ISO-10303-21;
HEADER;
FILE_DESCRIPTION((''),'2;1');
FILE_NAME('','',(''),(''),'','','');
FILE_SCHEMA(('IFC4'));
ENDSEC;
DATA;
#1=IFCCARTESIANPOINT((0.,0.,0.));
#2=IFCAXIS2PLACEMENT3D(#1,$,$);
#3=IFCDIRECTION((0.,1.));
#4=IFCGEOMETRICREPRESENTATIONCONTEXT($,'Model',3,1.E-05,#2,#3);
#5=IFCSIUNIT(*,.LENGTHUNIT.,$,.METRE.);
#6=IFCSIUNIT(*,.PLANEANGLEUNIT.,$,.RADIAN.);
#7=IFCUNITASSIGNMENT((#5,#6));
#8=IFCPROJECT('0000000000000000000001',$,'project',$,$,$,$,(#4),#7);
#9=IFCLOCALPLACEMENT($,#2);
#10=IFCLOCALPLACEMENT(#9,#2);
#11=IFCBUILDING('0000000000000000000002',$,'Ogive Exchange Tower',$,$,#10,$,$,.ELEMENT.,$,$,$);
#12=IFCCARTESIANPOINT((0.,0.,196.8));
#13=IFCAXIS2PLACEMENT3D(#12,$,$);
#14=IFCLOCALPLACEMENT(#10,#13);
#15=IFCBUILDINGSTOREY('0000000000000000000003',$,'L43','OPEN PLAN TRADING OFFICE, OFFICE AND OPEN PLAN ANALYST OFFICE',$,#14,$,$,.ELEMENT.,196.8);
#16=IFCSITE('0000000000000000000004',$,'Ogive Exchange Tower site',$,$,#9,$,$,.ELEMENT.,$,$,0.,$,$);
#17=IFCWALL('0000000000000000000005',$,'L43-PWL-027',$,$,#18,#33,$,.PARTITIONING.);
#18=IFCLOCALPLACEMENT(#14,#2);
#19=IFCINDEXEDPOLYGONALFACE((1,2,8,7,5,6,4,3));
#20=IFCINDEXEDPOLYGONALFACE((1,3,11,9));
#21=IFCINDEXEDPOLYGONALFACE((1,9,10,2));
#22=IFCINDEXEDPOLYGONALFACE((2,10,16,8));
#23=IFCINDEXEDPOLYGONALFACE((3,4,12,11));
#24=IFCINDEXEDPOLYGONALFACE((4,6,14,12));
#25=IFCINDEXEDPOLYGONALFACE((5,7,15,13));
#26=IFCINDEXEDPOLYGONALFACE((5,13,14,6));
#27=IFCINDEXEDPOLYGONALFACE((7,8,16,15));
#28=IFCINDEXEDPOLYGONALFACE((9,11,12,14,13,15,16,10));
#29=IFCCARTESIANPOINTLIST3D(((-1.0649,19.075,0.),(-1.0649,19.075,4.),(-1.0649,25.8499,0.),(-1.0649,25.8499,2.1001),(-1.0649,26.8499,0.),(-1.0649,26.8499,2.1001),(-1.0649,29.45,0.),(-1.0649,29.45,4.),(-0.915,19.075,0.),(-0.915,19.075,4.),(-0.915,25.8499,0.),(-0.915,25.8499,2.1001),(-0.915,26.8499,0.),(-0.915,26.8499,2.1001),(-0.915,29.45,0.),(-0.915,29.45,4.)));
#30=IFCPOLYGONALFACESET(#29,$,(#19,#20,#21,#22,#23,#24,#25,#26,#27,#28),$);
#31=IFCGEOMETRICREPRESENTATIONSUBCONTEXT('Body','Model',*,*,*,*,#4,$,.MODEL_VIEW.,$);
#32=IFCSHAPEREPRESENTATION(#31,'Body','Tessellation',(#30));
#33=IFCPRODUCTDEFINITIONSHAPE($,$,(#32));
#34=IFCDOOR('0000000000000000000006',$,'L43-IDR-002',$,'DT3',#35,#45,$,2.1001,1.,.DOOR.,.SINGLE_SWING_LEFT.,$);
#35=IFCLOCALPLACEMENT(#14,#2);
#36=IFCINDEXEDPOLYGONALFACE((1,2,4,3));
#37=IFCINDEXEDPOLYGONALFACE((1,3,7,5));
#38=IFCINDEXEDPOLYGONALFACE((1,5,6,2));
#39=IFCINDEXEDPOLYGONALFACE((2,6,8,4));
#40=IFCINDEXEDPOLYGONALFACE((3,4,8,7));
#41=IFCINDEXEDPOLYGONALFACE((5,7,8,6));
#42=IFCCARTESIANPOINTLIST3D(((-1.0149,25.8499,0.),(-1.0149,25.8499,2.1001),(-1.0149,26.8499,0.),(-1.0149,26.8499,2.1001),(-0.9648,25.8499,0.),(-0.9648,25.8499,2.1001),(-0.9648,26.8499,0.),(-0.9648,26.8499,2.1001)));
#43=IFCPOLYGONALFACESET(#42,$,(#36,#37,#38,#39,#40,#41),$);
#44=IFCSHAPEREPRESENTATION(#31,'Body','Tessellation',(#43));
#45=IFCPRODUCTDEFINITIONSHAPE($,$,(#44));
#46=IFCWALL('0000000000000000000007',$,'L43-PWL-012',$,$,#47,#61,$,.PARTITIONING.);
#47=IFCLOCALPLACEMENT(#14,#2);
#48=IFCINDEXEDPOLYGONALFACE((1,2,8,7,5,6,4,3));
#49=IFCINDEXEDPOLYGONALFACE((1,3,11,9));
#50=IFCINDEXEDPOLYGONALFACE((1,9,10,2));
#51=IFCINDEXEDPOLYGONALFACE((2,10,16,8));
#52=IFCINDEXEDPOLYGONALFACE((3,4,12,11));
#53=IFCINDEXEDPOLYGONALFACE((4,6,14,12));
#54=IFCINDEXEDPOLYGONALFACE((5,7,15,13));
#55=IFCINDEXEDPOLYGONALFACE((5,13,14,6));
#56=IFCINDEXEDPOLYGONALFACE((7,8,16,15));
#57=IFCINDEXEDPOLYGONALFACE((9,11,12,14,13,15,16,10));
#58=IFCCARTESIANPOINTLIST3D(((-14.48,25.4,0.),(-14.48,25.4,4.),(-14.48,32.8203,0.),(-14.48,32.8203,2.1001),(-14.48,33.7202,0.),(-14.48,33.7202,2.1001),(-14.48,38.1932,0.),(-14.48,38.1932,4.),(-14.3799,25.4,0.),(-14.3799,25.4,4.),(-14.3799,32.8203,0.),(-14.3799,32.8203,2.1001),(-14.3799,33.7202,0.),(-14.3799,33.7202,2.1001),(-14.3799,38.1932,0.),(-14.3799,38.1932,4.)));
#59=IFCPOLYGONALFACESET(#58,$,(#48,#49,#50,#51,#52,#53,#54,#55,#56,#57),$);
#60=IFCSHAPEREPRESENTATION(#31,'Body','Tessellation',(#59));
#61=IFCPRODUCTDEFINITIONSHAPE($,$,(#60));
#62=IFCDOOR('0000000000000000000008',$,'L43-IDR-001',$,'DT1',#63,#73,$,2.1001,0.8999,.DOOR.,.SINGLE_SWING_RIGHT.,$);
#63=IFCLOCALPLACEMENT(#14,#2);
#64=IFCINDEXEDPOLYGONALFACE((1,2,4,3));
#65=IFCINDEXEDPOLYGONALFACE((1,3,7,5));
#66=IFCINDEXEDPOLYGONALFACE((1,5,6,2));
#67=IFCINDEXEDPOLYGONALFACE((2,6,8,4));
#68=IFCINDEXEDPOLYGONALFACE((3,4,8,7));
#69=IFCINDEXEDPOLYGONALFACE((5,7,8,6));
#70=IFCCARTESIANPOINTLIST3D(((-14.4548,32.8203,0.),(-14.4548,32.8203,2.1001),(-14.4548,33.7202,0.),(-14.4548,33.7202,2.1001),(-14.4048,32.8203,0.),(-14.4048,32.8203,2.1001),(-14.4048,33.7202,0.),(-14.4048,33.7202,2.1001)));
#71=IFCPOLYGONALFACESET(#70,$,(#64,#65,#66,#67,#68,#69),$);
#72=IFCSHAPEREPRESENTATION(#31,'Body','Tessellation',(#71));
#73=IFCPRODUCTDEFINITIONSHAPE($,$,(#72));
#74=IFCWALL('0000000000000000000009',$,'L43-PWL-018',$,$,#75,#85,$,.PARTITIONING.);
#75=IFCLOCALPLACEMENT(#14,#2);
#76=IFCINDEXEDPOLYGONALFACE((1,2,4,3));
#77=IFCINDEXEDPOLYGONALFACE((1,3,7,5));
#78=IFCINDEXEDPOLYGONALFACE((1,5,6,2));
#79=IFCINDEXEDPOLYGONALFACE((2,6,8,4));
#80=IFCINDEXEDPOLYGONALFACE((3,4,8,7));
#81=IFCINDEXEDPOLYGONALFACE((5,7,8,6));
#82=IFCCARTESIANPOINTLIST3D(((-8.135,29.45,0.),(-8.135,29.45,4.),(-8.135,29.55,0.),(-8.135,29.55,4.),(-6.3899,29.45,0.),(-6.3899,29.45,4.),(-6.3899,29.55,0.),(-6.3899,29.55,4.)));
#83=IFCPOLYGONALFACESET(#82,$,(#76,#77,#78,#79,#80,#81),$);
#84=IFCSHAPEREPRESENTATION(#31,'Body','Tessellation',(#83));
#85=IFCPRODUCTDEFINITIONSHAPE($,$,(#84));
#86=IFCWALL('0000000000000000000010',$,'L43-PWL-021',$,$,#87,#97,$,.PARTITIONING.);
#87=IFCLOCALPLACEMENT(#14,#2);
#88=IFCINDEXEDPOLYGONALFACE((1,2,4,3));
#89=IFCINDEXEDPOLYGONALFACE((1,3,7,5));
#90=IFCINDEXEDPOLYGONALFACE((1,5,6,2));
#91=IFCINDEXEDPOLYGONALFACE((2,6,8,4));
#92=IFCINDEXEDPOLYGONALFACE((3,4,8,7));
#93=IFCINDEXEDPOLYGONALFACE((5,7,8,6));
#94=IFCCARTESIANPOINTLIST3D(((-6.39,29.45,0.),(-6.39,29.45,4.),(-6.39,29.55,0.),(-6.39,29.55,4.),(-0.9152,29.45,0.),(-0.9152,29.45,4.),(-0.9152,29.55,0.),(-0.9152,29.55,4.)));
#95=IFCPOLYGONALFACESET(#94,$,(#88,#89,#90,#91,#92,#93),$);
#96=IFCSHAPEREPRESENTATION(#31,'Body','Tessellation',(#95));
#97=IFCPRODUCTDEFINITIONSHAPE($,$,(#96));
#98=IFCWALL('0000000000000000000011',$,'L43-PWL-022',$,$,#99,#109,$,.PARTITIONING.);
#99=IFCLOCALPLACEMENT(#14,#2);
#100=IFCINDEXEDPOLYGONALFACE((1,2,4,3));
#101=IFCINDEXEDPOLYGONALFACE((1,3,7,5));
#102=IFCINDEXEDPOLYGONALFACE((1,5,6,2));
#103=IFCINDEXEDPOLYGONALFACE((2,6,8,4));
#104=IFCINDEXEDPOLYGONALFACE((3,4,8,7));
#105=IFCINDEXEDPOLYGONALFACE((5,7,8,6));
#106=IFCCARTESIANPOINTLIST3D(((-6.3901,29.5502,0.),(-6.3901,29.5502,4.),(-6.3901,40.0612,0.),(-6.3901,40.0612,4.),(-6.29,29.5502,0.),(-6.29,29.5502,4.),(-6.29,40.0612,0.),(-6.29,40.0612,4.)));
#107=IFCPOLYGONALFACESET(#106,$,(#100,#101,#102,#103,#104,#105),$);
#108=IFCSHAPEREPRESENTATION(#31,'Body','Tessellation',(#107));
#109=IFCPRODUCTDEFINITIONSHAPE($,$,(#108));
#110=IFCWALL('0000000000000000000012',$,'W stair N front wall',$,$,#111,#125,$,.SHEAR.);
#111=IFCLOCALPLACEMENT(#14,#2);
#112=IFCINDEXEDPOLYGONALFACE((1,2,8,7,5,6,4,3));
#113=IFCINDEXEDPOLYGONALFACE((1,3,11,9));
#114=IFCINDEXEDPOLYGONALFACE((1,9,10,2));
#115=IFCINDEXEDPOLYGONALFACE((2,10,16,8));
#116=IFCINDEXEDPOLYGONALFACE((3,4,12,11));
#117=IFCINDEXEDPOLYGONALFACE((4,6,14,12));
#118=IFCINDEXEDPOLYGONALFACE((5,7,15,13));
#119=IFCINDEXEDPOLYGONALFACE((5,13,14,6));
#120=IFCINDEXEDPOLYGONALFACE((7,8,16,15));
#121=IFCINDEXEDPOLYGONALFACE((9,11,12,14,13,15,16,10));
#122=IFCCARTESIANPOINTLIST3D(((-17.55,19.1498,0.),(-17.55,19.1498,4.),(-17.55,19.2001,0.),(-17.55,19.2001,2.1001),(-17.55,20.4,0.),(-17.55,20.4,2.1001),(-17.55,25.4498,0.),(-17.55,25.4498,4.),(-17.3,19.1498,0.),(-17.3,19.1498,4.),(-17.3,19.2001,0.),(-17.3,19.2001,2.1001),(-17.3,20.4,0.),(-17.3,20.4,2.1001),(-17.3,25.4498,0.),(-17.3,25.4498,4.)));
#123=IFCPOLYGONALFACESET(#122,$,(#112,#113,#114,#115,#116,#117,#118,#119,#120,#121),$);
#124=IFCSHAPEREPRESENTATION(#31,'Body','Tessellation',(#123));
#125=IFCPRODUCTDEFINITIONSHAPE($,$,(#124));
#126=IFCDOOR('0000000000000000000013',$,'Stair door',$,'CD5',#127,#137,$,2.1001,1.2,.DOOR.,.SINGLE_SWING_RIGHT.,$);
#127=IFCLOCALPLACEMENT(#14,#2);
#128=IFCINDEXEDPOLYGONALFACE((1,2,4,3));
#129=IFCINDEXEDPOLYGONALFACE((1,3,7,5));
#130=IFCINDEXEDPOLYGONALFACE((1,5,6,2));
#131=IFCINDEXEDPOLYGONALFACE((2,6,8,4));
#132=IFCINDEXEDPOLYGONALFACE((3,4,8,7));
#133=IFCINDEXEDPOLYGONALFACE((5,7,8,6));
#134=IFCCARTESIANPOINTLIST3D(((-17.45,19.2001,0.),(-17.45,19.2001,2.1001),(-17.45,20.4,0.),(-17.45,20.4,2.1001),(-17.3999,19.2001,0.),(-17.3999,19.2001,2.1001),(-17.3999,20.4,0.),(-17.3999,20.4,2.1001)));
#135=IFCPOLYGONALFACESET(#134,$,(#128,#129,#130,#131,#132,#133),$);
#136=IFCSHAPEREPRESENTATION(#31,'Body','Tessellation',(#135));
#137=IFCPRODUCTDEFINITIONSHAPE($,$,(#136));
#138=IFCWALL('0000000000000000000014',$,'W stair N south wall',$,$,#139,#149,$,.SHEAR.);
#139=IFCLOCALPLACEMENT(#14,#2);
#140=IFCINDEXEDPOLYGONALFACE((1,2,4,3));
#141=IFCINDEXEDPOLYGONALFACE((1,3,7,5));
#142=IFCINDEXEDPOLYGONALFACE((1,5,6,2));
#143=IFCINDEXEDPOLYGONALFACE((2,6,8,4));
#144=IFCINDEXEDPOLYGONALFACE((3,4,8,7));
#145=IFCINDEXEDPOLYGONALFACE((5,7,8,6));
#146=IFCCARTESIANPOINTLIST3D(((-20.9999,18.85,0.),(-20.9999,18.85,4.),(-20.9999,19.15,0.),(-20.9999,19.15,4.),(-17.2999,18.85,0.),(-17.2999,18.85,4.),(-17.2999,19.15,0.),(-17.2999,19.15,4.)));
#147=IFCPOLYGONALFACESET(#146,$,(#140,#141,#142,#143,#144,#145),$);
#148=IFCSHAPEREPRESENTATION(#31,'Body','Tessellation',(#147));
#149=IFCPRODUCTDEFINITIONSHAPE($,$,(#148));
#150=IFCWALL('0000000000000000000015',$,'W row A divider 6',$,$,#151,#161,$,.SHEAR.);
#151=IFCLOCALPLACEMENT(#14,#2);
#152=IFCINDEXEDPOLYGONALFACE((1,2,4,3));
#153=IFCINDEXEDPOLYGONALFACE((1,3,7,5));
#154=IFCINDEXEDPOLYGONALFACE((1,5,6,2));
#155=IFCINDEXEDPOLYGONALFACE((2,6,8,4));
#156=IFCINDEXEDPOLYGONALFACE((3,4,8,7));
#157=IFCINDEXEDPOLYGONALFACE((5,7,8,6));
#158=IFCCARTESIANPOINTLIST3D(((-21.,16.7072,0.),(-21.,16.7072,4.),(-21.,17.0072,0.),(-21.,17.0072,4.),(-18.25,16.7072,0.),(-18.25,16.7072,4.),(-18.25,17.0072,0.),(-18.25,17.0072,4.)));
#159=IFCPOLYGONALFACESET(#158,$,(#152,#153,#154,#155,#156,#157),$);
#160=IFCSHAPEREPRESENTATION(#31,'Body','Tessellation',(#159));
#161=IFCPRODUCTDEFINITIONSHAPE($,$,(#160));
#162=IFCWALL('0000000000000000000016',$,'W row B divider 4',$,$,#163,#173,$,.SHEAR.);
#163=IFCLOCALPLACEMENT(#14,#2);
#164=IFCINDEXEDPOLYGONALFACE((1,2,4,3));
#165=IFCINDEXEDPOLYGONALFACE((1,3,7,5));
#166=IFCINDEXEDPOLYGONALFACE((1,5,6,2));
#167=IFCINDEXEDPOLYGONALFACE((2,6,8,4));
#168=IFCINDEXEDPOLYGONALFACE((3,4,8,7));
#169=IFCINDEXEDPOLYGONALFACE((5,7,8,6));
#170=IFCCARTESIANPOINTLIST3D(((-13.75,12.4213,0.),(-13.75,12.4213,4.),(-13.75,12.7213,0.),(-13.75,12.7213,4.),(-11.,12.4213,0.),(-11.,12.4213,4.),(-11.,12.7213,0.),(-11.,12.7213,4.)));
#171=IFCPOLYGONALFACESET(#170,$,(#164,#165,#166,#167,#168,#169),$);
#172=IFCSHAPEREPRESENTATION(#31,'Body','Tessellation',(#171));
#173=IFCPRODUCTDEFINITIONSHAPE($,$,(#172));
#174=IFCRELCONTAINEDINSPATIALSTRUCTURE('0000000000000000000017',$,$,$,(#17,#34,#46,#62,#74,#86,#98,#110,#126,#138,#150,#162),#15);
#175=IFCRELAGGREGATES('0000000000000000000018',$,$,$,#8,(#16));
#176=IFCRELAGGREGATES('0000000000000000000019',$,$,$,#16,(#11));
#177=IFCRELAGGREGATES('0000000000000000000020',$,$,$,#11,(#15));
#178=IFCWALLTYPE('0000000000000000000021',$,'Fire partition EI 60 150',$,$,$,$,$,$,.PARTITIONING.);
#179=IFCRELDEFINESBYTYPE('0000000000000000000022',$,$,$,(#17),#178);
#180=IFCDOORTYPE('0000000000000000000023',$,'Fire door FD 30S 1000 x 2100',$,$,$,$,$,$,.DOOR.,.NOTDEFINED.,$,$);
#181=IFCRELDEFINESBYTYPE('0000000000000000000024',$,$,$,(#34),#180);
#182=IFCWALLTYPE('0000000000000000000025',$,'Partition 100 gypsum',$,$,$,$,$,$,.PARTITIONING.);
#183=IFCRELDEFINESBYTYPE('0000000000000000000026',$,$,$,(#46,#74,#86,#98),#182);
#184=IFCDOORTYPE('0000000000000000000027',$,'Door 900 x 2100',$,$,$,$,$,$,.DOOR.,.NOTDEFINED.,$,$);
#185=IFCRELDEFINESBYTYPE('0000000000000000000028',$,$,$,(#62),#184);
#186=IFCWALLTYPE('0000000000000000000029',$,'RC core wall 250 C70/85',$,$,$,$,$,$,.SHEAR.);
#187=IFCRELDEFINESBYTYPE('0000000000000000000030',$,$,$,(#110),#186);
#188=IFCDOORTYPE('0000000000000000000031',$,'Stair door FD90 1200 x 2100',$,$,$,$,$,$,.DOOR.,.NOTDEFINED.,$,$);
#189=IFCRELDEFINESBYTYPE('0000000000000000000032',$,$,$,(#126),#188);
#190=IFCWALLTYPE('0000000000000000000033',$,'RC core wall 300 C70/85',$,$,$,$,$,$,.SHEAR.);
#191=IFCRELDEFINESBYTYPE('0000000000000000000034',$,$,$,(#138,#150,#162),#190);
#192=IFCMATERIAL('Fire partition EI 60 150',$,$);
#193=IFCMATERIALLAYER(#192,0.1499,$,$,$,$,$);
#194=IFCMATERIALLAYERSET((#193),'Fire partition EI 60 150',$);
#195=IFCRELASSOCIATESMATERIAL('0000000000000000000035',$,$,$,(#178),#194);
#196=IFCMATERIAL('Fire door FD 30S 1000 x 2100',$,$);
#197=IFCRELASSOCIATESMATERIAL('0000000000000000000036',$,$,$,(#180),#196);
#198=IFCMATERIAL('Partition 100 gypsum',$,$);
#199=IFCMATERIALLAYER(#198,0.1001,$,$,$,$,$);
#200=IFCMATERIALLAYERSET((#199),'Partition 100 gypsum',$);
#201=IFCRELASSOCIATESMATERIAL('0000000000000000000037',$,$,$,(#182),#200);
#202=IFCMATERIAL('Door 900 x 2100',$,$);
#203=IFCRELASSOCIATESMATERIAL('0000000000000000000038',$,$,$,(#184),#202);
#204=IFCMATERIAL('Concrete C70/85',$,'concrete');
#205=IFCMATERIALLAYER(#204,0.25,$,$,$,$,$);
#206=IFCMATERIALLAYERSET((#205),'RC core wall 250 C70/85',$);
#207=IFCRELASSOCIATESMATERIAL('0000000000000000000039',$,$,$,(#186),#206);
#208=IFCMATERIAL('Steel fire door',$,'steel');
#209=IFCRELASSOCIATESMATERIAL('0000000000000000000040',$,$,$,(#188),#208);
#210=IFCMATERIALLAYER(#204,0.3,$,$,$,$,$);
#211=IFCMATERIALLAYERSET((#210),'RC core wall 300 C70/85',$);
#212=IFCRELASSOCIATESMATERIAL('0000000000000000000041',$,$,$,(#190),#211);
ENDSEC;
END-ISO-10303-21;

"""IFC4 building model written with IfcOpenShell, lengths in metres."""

from ifc_helpers import new_model, si_unit, direction, frame, frame_2d, origin, place, context, subcontext, project, spatial, rectangle, extrude, material, layer, layer_set, type_object, element, fill, save


model = new_model("IFC4")

# Units and contexts
model_context = context("Model", 3, precision=1e-05, world=origin(), true_north=direction((0.0, 1.0)))
body_context = subcontext(model_context, "Body", "Model", "MODEL_VIEW")
ifc_project = project(units=[si_unit("LENGTHUNIT", "METRE"), si_unit("PLANEANGLEUNIT", "RADIAN")], contexts=[model_context])

# Site, building, storey
site_placement = place(None, origin())
site = spatial("IfcSite", under=ifc_project, at=site_placement, Name="Ogive Exchange Tower site", CompositionType="ELEMENT", RefElevation=0.0)
building_placement = place(site_placement, origin())
building = spatial("IfcBuilding", under=site, at=building_placement, Name="Ogive Exchange Tower", CompositionType="ELEMENT")
storey_placement = place(building_placement, frame((0.0, 0.0, 196.8)))
storey = spatial("IfcBuildingStorey", under=building, at=storey_placement, Name="L43", Description="OPEN PLAN TRADING OFFICE, OFFICE AND OPEN PLAN ANALYST OFFICE", CompositionType="ELEMENT", Elevation=196.8)

# Shared definitions
ifc_material_1 = material(Name="Fire partition EI 60 150")
ifc_layer_1 = layer(ifc_material_1, 0.1499)
ifc_layer_set_1 = layer_set([ifc_layer_1], Name="Fire partition EI 60 150")
wall_type_1 = type_object("IfcWallType", Name="Fire partition EI 60 150", PredefinedType="PARTITIONING", material=ifc_layer_set_1)

# Shared definitions
ifc_material_2 = material(Name="Fire door FD 30S 1000 x 2100")
door_type_1 = type_object("IfcDoorType", Name="Fire door FD 30S 1000 x 2100", OperationType="NOTDEFINED", PredefinedType="DOOR", material=ifc_material_2)

# Walls, openings, doors
wall_1_placement = place(storey_placement, frame((-0.99, 19.075, 0.0), z_axis=(0.0, 0.0, 1.0), x_axis=(0.0, 1.0, 0.0)))
wall_1 = element("IfcWall", 1, at=wall_1_placement, inside=storey, type_object=wall_type_1, Name="L43-PWL-027", PredefinedType="PARTITIONING", context=body_context, shape_type="SweptSolid", body=[
    extrude(rectangle(XDim=10.375, YDim=0.1499, at=frame_2d((5.1875, 0.0))), origin(), (0.0, 0.0, 1.0), 4.0),
])
opening_1_placement = place(wall_1_placement, frame((6.7749, 0.0, 0.0)))
opening_1 = element("IfcOpeningElement", 2, at=opening_1_placement, cuts=wall_1, PredefinedType="OPENING", context=body_context, shape_type="SweptSolid", body=[
    extrude(rectangle(XDim=1.0, YDim=2.1001, at=frame_2d((0.5, 1.05))), frame((0.0, 0.085, 0.0), z_axis=(0.0, -1.0, 0.0), x_axis=(1.0, 0.0, 0.0)), (0.0, 0.0, 1.0), 0.1699),
])
door_1_placement = place(opening_1_placement, origin())
door_1 = element("IfcDoor", 3, at=door_1_placement, inside=storey, type_object=door_type_1, Name="L43-IDR-002", ObjectType="DT3", OperationType="SINGLE_SWING_LEFT", OverallHeight=2.1001, OverallWidth=1.0, PredefinedType="DOOR", context=body_context, shape_type="SweptSolid", body=[
    extrude(rectangle(XDim=1.0, YDim=2.1001, at=frame_2d((0.5, 1.05))), frame((0.0, 0.0249, 0.0), z_axis=(0.0, -1.0, 0.0), x_axis=(1.0, 0.0, 0.0)), (0.0, 0.0, 1.0), 0.05),
])
fill(opening_1, door_1)
ifc_material_3 = material(Name="Partition 100 gypsum")
ifc_layer_2 = layer(ifc_material_3, 0.1001)
ifc_layer_set_2 = layer_set([ifc_layer_2], Name="Partition 100 gypsum")
wall_type_2 = type_object("IfcWallType", Name="Partition 100 gypsum", PredefinedType="PARTITIONING", material=ifc_layer_set_2)
wall_2_placement = place(storey_placement, frame((-14.4299, 38.1931, 0.0), z_axis=(0.0, 0.0, 1.0), x_axis=(0.0, -1.0, 0.0)))
wall_2 = element("IfcWall", 4, at=wall_2_placement, inside=storey, type_object=wall_type_2, Name="L43-PWL-012", PredefinedType="PARTITIONING", context=body_context, shape_type="SweptSolid", body=[
    extrude(rectangle(XDim=12.7932, YDim=0.1001, at=frame_2d((6.3965, 0.0))), origin(), (0.0, 0.0, 1.0), 4.0),
])
opening_2_placement = place(wall_2_placement, frame((4.4729, 0.0, 0.0)))
opening_2 = element("IfcOpeningElement", 5, at=opening_2_placement, cuts=wall_2, PredefinedType="OPENING", context=body_context, shape_type="SweptSolid", body=[
    extrude(rectangle(XDim=0.8999, YDim=2.1001, at=frame_2d((0.45, 1.05))), frame((0.0, 0.0601, 0.0), z_axis=(0.0, -1.0, 0.0), x_axis=(1.0, 0.0, 0.0)), (0.0, 0.0, 1.0), 0.1201),
])
ifc_material_4 = material(Name="Door 900 x 2100")
door_type_2 = type_object("IfcDoorType", Name="Door 900 x 2100", OperationType="NOTDEFINED", PredefinedType="DOOR", material=ifc_material_4)
door_2_placement = place(opening_2_placement, frame((0.8999, 0.0, 0.0), z_axis=(0.0, 0.0, 1.0), x_axis=(-1.0, 0.0, 0.0)))
door_2 = element("IfcDoor", 6, at=door_2_placement, inside=storey, type_object=door_type_2, Name="L43-IDR-001", ObjectType="DT1", OperationType="SINGLE_SWING_RIGHT", OverallHeight=2.1001, OverallWidth=0.8999, PredefinedType="DOOR", context=body_context, shape_type="SweptSolid", body=[
    extrude(rectangle(XDim=0.8999, YDim=2.1001, at=frame_2d((0.45, 1.05))), frame((0.0, 0.0249, 0.0), z_axis=(0.0, -1.0, 0.0), x_axis=(1.0, 0.0, 0.0)), (0.0, 0.0, 1.0), 0.05),
])
fill(opening_2, door_2)

# Walls
wall_3_placement = place(storey_placement, frame((-8.135, 29.5, 0.0), z_axis=(0.0, 0.0, 1.0), x_axis=(1.0, 0.0, 0.0)))
element("IfcWall", 7, at=wall_3_placement, inside=storey, type_object=wall_type_2, Name="L43-PWL-018", PredefinedType="PARTITIONING", context=body_context, shape_type="SweptSolid", body=[
    extrude(rectangle(XDim=1.7451, YDim=0.1001, at=frame_2d((0.8726, 0.0))), origin(), (0.0, 0.0, 1.0), 4.0),
])
wall_4_placement = place(storey_placement, frame((-6.3899, 29.5, 0.0), z_axis=(0.0, 0.0, 1.0), x_axis=(1.0, 0.0, 0.0)))
element("IfcWall", 8, at=wall_4_placement, inside=storey, type_object=wall_type_2, Name="L43-PWL-021", PredefinedType="PARTITIONING", context=body_context, shape_type="SweptSolid", body=[
    extrude(rectangle(XDim=5.4749, YDim=0.1001, at=frame_2d((2.7373, 0.0))), origin(), (0.0, 0.0, 1.0), 4.0),
])
wall_5_placement = place(storey_placement, frame((-6.3401, 40.061, 0.0), z_axis=(0.0, 0.0, 1.0), x_axis=(0.0, -1.0, 0.0)))
element("IfcWall", 9, at=wall_5_placement, inside=storey, type_object=wall_type_2, Name="L43-PWL-022", PredefinedType="PARTITIONING", context=body_context, shape_type="SweptSolid", body=[
    extrude(rectangle(XDim=10.511, YDim=0.1001, at=frame_2d((5.2554, 0.0))), origin(), (0.0, 0.0, 1.0), 4.0),
])

# Wall, opening, door
ifc_material_5 = material(Name="Concrete C70/85", Category="concrete")
ifc_layer_3 = layer(ifc_material_5, 0.25)
ifc_layer_set_3 = layer_set([ifc_layer_3], Name="RC core wall 250 C70/85")
wall_type_3 = type_object("IfcWallType", Name="RC core wall 250 C70/85", PredefinedType="SHEAR", material=ifc_layer_set_3)
wall_6_placement = place(storey_placement, frame((-17.425, 19.1499, 0.0), z_axis=(0.0, 0.0, 1.0), x_axis=(0.0, 1.0, 0.0)))
wall_6 = element("IfcWall", 10, at=wall_6_placement, inside=storey, type_object=wall_type_3, Name="W stair N front wall", PredefinedType="SHEAR", context=body_context, shape_type="SweptSolid", body=[
    extrude(rectangle(XDim=6.3, YDim=0.25, at=frame_2d((3.1499, 0.0))), origin(), (0.0, 0.0, 1.0), 4.0),
])
opening_3_placement = place(wall_6_placement, frame((0.05, 0.0, 0.0)))
opening_3 = element("IfcOpeningElement", 11, at=opening_3_placement, cuts=wall_6, PredefinedType="OPENING", context=body_context, shape_type="SweptSolid", body=[
    extrude(rectangle(XDim=1.2, YDim=2.1001, at=frame_2d((0.6001, 1.05))), frame((0.0, 0.135, 0.0), z_axis=(0.0, -1.0, 0.0), x_axis=(1.0, 0.0, 0.0)), (0.0, 0.0, 1.0), 0.27),
])
ifc_material_6 = material(Name="Steel fire door", Category="steel")
door_type_3 = type_object("IfcDoorType", Name="Stair door FD90 1200 x 2100", OperationType="NOTDEFINED", PredefinedType="DOOR", material=ifc_material_6)
door_3_placement = place(opening_3_placement, origin())
door_3 = element("IfcDoor", 12, at=door_3_placement, inside=storey, type_object=door_type_3, Name="Stair door", ObjectType="CD5", OperationType="SINGLE_SWING_RIGHT", OverallHeight=2.1001, OverallWidth=1.2, PredefinedType="DOOR", context=body_context, shape_type="SweptSolid", body=[
    extrude(rectangle(XDim=1.2, YDim=2.1001, at=frame_2d((0.6001, 1.05))), frame((0.0, 0.0249, 0.0), z_axis=(0.0, -1.0, 0.0), x_axis=(1.0, 0.0, 0.0)), (0.0, 0.0, 1.0), 0.05),
])
fill(opening_3, door_3)

# Walls
ifc_layer_4 = layer(ifc_material_5, 0.3)
ifc_layer_set_4 = layer_set([ifc_layer_4], Name="RC core wall 300 C70/85")
wall_type_4 = type_object("IfcWallType", Name="RC core wall 300 C70/85", PredefinedType="SHEAR", material=ifc_layer_set_4)
wall_7_placement = place(storey_placement, frame((-21.0, 19.0, 0.0), z_axis=(0.0, 0.0, 1.0), x_axis=(1.0, 0.0, 0.0)))
element("IfcWall", 13, at=wall_7_placement, inside=storey, type_object=wall_type_4, Name="W stair N south wall", PredefinedType="SHEAR", context=body_context, shape_type="SweptSolid", body=[
    extrude(rectangle(XDim=3.7, YDim=0.3, at=frame_2d((1.8501, 0.0))), origin(), (0.0, 0.0, 1.0), 4.0),
])
for number, where, z_axis, x_axis, name in (
    (14, (-21.0, 16.8572, 0.0), (0.0, 0.0, 1.0), (1.0, 0.0, 0.0), "W row A divider 6"),
    (15, (-13.75, 12.5713, 0.0), (0.0, 0.0, 1.0), (1.0, 0.0, 0.0), "W row B divider 4"),
):
    element("IfcWall", number, at=place(storey_placement, frame(where, z_axis=z_axis, x_axis=x_axis)), inside=storey, type_object=wall_type_4, Name=name, PredefinedType="SHEAR", context=body_context, shape_type="SweptSolid", body=[
        extrude(rectangle(XDim=2.75, YDim=0.3, at=frame_2d((1.375, 0.0))), origin(), (0.0, 0.0, 1.0), 4.0),
    ])

save(model, "model.ifc")
